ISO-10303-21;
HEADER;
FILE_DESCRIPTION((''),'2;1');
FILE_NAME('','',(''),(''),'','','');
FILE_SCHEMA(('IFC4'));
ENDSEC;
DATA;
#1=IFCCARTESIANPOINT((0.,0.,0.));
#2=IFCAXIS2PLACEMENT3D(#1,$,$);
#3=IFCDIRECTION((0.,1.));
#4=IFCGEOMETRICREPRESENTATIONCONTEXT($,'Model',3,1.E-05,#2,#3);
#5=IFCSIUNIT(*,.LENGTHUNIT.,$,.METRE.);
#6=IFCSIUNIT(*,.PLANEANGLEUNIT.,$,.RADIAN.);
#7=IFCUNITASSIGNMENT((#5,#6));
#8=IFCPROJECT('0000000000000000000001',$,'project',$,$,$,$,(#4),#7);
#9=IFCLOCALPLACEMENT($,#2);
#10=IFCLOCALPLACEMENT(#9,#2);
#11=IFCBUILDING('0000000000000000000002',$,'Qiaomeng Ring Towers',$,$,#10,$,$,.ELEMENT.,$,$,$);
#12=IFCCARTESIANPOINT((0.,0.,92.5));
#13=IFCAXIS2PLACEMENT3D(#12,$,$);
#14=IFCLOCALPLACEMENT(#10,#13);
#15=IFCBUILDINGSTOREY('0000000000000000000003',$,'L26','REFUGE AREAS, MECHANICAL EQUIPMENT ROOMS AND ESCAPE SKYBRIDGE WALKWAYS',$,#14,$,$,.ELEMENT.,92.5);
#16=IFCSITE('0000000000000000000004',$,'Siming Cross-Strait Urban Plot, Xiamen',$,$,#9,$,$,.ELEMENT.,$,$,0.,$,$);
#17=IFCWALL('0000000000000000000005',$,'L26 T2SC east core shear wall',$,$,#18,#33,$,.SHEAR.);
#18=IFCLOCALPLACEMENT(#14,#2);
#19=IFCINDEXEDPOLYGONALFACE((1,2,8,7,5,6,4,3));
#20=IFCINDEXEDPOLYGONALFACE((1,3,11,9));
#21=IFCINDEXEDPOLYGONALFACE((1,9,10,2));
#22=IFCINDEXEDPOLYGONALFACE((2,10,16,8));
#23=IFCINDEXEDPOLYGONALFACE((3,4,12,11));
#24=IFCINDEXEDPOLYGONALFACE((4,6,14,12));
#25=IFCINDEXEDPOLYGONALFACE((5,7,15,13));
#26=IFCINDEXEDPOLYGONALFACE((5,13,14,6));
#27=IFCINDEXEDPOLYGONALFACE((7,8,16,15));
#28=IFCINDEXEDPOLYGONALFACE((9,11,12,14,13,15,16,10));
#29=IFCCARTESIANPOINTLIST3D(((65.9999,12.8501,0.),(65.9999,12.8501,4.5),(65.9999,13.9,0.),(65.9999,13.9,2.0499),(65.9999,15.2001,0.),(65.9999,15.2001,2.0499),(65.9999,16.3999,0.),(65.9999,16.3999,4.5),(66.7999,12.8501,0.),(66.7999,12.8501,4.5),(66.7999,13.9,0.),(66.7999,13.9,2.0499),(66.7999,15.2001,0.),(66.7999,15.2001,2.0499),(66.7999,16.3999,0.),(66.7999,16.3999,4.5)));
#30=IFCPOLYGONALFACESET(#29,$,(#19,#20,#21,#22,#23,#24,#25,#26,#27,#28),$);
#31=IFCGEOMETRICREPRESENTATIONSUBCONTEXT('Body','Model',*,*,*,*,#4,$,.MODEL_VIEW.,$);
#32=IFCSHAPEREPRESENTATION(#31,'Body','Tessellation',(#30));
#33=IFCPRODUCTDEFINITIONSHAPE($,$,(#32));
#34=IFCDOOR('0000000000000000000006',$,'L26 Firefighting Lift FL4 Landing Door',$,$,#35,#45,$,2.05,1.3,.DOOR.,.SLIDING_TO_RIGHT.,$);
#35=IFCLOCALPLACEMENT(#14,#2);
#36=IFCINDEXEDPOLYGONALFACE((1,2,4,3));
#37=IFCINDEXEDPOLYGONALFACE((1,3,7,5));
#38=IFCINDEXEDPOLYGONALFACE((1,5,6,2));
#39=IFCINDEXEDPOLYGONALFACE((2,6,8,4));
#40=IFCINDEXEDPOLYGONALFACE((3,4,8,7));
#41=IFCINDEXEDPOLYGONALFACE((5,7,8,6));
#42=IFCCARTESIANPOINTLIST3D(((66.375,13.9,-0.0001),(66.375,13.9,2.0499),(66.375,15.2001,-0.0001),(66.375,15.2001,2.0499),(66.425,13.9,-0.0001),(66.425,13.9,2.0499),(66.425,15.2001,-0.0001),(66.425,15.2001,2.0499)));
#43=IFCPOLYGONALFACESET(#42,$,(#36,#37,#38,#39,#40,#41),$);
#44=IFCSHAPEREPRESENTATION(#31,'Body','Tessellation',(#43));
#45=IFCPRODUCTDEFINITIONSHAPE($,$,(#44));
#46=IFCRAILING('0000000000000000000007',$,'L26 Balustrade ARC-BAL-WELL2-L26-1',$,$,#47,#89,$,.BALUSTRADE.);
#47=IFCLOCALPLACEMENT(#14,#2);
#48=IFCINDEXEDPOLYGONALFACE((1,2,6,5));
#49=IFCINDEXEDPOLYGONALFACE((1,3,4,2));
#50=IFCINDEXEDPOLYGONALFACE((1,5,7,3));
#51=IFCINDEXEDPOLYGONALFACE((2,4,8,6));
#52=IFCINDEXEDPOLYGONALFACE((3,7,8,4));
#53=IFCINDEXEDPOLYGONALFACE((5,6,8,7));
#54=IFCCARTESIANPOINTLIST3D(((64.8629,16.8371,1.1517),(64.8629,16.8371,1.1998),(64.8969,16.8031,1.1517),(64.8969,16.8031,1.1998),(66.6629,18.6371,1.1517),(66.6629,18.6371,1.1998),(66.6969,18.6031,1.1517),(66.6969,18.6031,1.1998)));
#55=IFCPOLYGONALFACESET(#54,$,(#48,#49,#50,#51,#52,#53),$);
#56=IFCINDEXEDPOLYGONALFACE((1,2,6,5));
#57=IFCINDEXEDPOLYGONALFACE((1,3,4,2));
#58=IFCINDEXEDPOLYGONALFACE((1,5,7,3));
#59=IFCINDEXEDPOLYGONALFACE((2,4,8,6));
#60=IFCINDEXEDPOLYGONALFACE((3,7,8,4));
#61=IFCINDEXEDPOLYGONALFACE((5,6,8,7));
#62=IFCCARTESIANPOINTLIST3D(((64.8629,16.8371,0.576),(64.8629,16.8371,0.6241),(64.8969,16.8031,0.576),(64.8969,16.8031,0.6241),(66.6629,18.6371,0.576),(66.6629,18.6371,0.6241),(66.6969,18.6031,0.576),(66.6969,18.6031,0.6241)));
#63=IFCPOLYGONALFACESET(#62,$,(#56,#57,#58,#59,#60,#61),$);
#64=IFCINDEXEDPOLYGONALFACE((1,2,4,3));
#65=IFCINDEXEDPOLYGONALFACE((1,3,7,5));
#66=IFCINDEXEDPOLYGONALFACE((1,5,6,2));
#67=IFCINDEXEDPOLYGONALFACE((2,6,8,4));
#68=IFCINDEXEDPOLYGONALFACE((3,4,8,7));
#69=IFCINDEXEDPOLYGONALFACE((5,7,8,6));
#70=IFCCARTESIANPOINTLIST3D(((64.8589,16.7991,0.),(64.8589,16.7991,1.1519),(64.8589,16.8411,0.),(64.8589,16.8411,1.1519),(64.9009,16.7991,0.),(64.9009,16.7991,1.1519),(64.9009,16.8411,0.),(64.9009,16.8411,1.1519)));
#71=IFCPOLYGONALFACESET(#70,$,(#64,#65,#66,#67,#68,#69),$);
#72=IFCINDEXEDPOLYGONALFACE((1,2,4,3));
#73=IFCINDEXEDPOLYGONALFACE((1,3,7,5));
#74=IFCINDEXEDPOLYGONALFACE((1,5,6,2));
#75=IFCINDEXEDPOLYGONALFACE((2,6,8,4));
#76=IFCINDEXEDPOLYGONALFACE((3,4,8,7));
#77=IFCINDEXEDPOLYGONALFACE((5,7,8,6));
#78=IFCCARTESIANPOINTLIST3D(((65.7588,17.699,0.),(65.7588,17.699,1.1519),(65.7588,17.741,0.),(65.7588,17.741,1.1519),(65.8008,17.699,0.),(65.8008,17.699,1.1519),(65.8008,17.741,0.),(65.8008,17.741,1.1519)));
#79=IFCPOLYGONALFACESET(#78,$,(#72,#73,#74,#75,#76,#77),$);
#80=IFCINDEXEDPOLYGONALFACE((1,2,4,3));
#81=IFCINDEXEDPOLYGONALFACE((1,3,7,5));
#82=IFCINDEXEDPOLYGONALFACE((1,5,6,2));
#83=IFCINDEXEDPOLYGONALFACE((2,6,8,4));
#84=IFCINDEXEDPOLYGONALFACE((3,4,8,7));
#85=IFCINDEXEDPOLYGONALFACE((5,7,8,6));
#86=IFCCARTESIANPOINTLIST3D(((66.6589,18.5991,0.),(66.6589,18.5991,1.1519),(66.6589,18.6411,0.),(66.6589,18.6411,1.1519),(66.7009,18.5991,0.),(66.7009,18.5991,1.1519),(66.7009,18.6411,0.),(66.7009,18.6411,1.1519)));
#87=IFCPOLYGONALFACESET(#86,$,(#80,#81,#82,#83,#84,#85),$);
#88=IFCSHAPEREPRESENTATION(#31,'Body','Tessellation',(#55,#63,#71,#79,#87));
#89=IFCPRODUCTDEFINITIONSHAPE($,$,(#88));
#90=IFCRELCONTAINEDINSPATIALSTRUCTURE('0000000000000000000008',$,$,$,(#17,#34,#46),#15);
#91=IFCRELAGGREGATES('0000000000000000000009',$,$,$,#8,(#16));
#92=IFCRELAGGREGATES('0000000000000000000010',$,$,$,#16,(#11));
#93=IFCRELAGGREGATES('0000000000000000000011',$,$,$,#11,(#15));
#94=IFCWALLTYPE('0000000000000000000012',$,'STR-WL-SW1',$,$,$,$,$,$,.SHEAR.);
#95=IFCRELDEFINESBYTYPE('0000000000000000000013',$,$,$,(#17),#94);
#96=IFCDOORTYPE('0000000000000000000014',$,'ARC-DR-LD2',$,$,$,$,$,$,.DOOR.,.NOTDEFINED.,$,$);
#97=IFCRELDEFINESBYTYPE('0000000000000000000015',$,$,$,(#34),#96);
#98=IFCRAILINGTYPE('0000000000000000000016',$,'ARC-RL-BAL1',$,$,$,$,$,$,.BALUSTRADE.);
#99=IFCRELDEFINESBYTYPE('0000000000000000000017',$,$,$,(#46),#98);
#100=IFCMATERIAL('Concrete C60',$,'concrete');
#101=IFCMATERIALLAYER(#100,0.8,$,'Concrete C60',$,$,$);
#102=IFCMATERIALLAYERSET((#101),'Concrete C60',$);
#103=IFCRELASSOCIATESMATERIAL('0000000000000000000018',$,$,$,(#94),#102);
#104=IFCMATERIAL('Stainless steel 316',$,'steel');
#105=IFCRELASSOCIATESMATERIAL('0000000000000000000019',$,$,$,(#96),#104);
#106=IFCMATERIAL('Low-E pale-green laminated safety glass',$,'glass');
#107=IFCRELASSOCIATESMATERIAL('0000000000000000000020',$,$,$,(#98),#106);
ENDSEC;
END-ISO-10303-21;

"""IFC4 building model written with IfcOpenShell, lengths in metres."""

from ifc_helpers import new_model, si_unit, direction, frame, frame_2d, origin, origin_2d, place, context, subcontext, project, spatial, rectangle, extrude, source, transform, mapped, material, layer, layer_set, type_object, element, fill, save


model = new_model("IFC4")

# Units and contexts
model_context = context("Model", 3, precision=1e-05, world=origin(), true_north=direction((0.0, 1.0)))
body_context = subcontext(model_context, "Body", "Model", "MODEL_VIEW")
ifc_project = project(units=[si_unit("LENGTHUNIT", "METRE"), si_unit("PLANEANGLEUNIT", "RADIAN")], contexts=[model_context])

# Site, building, storey
site_placement = place(None, origin())
site = spatial("IfcSite", under=ifc_project, at=site_placement, Name="Siming Cross-Strait Urban Plot, Xiamen", CompositionType="ELEMENT", RefElevation=0.0)
building_placement = place(site_placement, origin())
building = spatial("IfcBuilding", under=site, at=building_placement, Name="Qiaomeng Ring Towers", CompositionType="ELEMENT")
storey_placement = place(building_placement, frame((0.0, 0.0, 92.5)))
storey = spatial("IfcBuildingStorey", under=building, at=storey_placement, Name="L26", Description="REFUGE AREAS, MECHANICAL EQUIPMENT ROOMS AND ESCAPE SKYBRIDGE WALKWAYS", CompositionType="ELEMENT", Elevation=92.5)

# Wall, opening, door
ifc_material_1 = material(Name="Concrete C60", Category="concrete")
ifc_layer_1 = layer(ifc_material_1, 0.8, Name="Concrete C60")
ifc_layer_set_1 = layer_set([ifc_layer_1], Name="Concrete C60")
wall_type_1 = type_object("IfcWallType", Name="STR-WL-SW1", PredefinedType="SHEAR", material=ifc_layer_set_1)
wall_1_placement = place(storey_placement, frame((66.3999, 12.8501, 0.0), z_axis=(0.0, 0.0, 1.0), x_axis=(0.0, 1.0, 0.0)))
wall_1 = element("IfcWall", 1, at=wall_1_placement, inside=storey, type_object=wall_type_1, Name="L26 T2SC east core shear wall", PredefinedType="SHEAR", context=body_context, shape_type="SweptSolid", body=[
    extrude(rectangle(XDim=3.5498, YDim=0.8, at=frame_2d((1.7749, 0.0))), origin(), (0.0, 0.0, 1.0), 4.5),
])
opening_1_placement = place(wall_1_placement, frame((1.05, 0.0, 0.0)))
opening_1 = element("IfcOpeningElement", 2, at=opening_1_placement, cuts=wall_1, PredefinedType="OPENING", context=body_context, shape_type="SweptSolid", body=[
    extrude(rectangle(XDim=1.3, YDim=2.05, at=frame_2d((0.6499, 1.0249))), frame((0.0, 0.4099, 0.0), z_axis=(0.0, -1.0, 0.0), x_axis=(1.0, 0.0, 0.0)), (0.0, 0.0, 1.0), 0.8201),
])
ifc_material_2 = material(Name="Stainless steel 316", Category="steel")
door_type_1 = type_object("IfcDoorType", Name="ARC-DR-LD2", OperationType="NOTDEFINED", PredefinedType="DOOR", material=ifc_material_2)
shared_shape_1 = source(origin(), body_context, "Body", "SweptSolid", [
    extrude(rectangle(XDim=1.3, YDim=2.05, at=frame_2d((0.6499, 1.0249))), frame((0.0, 0.0249, 0.0), z_axis=(0.0, -1.0, 0.0), x_axis=(1.0, 0.0, 0.0)), (0.0, 0.0, 1.0), 0.05),
])
door_1_placement = place(opening_1_placement, origin())
door_1 = element("IfcDoor", 3, at=door_1_placement, inside=storey, type_object=door_type_1, Name="L26 Firefighting Lift FL4 Landing Door", OperationType="SLIDING_TO_RIGHT", OverallHeight=2.05, OverallWidth=1.3, PredefinedType="DOOR", context=body_context, shape_type="MappedRepresentation", body=[
    mapped(shared_shape_1, transform((0.0, 0.0, 0.0), x_axis=(1.0, 0.0, 0.0), y_axis=(0.0, 1.0, 0.0), z_axis=(0.0, 0.0, 1.0), scale=1.0)),
])
fill(opening_1, door_1)

# Railing
ifc_material_3 = material(Name="Low-E pale-green laminated safety glass", Category="glass")
railing_type = type_object("IfcRailingType", Name="ARC-RL-BAL1", PredefinedType="BALUSTRADE", material=ifc_material_3)
railing_placement = place(storey_placement, frame((64.8799, 16.8201, 0.0)))
element("IfcRailing", 4, at=railing_placement, inside=storey, type_object=railing_type, Name="L26 Balustrade ARC-BAL-WELL2-L26-1", PredefinedType="BALUSTRADE", context=body_context, shape_type="SweptSolid", body=[
    extrude(rectangle(XDim=0.0481, YDim=0.0481, at=origin_2d()), frame((0.0, 0.0, 1.1758), z_axis=(0.707107, 0.707107, 0.0), x_axis=(-0.707107, 0.707107, 0.0)), (0.0, 0.0, 1.0), 2.5457),
    extrude(rectangle(XDim=0.0481, YDim=0.0481, at=origin_2d()), frame((0.0, 0.0, 0.6001), z_axis=(0.707107, 0.707107, 0.0), x_axis=(-0.707107, 0.707107, 0.0)), (0.0, 0.0, 1.0), 2.5457),
    extrude(rectangle(XDim=0.042, YDim=0.042, at=origin_2d()), origin(), (0.0, 0.0, 1.0), 1.1519),
    extrude(rectangle(XDim=0.042, YDim=0.042, at=origin_2d()), frame((0.8999, 0.8999, 0.0)), (0.0, 0.0, 1.0), 1.1519),
    extrude(rectangle(XDim=0.042, YDim=0.042, at=origin_2d()), frame((1.8, 1.8, 0.0)), (0.0, 0.0, 1.0), 1.1519),
])

save(model, "model.ifc")
